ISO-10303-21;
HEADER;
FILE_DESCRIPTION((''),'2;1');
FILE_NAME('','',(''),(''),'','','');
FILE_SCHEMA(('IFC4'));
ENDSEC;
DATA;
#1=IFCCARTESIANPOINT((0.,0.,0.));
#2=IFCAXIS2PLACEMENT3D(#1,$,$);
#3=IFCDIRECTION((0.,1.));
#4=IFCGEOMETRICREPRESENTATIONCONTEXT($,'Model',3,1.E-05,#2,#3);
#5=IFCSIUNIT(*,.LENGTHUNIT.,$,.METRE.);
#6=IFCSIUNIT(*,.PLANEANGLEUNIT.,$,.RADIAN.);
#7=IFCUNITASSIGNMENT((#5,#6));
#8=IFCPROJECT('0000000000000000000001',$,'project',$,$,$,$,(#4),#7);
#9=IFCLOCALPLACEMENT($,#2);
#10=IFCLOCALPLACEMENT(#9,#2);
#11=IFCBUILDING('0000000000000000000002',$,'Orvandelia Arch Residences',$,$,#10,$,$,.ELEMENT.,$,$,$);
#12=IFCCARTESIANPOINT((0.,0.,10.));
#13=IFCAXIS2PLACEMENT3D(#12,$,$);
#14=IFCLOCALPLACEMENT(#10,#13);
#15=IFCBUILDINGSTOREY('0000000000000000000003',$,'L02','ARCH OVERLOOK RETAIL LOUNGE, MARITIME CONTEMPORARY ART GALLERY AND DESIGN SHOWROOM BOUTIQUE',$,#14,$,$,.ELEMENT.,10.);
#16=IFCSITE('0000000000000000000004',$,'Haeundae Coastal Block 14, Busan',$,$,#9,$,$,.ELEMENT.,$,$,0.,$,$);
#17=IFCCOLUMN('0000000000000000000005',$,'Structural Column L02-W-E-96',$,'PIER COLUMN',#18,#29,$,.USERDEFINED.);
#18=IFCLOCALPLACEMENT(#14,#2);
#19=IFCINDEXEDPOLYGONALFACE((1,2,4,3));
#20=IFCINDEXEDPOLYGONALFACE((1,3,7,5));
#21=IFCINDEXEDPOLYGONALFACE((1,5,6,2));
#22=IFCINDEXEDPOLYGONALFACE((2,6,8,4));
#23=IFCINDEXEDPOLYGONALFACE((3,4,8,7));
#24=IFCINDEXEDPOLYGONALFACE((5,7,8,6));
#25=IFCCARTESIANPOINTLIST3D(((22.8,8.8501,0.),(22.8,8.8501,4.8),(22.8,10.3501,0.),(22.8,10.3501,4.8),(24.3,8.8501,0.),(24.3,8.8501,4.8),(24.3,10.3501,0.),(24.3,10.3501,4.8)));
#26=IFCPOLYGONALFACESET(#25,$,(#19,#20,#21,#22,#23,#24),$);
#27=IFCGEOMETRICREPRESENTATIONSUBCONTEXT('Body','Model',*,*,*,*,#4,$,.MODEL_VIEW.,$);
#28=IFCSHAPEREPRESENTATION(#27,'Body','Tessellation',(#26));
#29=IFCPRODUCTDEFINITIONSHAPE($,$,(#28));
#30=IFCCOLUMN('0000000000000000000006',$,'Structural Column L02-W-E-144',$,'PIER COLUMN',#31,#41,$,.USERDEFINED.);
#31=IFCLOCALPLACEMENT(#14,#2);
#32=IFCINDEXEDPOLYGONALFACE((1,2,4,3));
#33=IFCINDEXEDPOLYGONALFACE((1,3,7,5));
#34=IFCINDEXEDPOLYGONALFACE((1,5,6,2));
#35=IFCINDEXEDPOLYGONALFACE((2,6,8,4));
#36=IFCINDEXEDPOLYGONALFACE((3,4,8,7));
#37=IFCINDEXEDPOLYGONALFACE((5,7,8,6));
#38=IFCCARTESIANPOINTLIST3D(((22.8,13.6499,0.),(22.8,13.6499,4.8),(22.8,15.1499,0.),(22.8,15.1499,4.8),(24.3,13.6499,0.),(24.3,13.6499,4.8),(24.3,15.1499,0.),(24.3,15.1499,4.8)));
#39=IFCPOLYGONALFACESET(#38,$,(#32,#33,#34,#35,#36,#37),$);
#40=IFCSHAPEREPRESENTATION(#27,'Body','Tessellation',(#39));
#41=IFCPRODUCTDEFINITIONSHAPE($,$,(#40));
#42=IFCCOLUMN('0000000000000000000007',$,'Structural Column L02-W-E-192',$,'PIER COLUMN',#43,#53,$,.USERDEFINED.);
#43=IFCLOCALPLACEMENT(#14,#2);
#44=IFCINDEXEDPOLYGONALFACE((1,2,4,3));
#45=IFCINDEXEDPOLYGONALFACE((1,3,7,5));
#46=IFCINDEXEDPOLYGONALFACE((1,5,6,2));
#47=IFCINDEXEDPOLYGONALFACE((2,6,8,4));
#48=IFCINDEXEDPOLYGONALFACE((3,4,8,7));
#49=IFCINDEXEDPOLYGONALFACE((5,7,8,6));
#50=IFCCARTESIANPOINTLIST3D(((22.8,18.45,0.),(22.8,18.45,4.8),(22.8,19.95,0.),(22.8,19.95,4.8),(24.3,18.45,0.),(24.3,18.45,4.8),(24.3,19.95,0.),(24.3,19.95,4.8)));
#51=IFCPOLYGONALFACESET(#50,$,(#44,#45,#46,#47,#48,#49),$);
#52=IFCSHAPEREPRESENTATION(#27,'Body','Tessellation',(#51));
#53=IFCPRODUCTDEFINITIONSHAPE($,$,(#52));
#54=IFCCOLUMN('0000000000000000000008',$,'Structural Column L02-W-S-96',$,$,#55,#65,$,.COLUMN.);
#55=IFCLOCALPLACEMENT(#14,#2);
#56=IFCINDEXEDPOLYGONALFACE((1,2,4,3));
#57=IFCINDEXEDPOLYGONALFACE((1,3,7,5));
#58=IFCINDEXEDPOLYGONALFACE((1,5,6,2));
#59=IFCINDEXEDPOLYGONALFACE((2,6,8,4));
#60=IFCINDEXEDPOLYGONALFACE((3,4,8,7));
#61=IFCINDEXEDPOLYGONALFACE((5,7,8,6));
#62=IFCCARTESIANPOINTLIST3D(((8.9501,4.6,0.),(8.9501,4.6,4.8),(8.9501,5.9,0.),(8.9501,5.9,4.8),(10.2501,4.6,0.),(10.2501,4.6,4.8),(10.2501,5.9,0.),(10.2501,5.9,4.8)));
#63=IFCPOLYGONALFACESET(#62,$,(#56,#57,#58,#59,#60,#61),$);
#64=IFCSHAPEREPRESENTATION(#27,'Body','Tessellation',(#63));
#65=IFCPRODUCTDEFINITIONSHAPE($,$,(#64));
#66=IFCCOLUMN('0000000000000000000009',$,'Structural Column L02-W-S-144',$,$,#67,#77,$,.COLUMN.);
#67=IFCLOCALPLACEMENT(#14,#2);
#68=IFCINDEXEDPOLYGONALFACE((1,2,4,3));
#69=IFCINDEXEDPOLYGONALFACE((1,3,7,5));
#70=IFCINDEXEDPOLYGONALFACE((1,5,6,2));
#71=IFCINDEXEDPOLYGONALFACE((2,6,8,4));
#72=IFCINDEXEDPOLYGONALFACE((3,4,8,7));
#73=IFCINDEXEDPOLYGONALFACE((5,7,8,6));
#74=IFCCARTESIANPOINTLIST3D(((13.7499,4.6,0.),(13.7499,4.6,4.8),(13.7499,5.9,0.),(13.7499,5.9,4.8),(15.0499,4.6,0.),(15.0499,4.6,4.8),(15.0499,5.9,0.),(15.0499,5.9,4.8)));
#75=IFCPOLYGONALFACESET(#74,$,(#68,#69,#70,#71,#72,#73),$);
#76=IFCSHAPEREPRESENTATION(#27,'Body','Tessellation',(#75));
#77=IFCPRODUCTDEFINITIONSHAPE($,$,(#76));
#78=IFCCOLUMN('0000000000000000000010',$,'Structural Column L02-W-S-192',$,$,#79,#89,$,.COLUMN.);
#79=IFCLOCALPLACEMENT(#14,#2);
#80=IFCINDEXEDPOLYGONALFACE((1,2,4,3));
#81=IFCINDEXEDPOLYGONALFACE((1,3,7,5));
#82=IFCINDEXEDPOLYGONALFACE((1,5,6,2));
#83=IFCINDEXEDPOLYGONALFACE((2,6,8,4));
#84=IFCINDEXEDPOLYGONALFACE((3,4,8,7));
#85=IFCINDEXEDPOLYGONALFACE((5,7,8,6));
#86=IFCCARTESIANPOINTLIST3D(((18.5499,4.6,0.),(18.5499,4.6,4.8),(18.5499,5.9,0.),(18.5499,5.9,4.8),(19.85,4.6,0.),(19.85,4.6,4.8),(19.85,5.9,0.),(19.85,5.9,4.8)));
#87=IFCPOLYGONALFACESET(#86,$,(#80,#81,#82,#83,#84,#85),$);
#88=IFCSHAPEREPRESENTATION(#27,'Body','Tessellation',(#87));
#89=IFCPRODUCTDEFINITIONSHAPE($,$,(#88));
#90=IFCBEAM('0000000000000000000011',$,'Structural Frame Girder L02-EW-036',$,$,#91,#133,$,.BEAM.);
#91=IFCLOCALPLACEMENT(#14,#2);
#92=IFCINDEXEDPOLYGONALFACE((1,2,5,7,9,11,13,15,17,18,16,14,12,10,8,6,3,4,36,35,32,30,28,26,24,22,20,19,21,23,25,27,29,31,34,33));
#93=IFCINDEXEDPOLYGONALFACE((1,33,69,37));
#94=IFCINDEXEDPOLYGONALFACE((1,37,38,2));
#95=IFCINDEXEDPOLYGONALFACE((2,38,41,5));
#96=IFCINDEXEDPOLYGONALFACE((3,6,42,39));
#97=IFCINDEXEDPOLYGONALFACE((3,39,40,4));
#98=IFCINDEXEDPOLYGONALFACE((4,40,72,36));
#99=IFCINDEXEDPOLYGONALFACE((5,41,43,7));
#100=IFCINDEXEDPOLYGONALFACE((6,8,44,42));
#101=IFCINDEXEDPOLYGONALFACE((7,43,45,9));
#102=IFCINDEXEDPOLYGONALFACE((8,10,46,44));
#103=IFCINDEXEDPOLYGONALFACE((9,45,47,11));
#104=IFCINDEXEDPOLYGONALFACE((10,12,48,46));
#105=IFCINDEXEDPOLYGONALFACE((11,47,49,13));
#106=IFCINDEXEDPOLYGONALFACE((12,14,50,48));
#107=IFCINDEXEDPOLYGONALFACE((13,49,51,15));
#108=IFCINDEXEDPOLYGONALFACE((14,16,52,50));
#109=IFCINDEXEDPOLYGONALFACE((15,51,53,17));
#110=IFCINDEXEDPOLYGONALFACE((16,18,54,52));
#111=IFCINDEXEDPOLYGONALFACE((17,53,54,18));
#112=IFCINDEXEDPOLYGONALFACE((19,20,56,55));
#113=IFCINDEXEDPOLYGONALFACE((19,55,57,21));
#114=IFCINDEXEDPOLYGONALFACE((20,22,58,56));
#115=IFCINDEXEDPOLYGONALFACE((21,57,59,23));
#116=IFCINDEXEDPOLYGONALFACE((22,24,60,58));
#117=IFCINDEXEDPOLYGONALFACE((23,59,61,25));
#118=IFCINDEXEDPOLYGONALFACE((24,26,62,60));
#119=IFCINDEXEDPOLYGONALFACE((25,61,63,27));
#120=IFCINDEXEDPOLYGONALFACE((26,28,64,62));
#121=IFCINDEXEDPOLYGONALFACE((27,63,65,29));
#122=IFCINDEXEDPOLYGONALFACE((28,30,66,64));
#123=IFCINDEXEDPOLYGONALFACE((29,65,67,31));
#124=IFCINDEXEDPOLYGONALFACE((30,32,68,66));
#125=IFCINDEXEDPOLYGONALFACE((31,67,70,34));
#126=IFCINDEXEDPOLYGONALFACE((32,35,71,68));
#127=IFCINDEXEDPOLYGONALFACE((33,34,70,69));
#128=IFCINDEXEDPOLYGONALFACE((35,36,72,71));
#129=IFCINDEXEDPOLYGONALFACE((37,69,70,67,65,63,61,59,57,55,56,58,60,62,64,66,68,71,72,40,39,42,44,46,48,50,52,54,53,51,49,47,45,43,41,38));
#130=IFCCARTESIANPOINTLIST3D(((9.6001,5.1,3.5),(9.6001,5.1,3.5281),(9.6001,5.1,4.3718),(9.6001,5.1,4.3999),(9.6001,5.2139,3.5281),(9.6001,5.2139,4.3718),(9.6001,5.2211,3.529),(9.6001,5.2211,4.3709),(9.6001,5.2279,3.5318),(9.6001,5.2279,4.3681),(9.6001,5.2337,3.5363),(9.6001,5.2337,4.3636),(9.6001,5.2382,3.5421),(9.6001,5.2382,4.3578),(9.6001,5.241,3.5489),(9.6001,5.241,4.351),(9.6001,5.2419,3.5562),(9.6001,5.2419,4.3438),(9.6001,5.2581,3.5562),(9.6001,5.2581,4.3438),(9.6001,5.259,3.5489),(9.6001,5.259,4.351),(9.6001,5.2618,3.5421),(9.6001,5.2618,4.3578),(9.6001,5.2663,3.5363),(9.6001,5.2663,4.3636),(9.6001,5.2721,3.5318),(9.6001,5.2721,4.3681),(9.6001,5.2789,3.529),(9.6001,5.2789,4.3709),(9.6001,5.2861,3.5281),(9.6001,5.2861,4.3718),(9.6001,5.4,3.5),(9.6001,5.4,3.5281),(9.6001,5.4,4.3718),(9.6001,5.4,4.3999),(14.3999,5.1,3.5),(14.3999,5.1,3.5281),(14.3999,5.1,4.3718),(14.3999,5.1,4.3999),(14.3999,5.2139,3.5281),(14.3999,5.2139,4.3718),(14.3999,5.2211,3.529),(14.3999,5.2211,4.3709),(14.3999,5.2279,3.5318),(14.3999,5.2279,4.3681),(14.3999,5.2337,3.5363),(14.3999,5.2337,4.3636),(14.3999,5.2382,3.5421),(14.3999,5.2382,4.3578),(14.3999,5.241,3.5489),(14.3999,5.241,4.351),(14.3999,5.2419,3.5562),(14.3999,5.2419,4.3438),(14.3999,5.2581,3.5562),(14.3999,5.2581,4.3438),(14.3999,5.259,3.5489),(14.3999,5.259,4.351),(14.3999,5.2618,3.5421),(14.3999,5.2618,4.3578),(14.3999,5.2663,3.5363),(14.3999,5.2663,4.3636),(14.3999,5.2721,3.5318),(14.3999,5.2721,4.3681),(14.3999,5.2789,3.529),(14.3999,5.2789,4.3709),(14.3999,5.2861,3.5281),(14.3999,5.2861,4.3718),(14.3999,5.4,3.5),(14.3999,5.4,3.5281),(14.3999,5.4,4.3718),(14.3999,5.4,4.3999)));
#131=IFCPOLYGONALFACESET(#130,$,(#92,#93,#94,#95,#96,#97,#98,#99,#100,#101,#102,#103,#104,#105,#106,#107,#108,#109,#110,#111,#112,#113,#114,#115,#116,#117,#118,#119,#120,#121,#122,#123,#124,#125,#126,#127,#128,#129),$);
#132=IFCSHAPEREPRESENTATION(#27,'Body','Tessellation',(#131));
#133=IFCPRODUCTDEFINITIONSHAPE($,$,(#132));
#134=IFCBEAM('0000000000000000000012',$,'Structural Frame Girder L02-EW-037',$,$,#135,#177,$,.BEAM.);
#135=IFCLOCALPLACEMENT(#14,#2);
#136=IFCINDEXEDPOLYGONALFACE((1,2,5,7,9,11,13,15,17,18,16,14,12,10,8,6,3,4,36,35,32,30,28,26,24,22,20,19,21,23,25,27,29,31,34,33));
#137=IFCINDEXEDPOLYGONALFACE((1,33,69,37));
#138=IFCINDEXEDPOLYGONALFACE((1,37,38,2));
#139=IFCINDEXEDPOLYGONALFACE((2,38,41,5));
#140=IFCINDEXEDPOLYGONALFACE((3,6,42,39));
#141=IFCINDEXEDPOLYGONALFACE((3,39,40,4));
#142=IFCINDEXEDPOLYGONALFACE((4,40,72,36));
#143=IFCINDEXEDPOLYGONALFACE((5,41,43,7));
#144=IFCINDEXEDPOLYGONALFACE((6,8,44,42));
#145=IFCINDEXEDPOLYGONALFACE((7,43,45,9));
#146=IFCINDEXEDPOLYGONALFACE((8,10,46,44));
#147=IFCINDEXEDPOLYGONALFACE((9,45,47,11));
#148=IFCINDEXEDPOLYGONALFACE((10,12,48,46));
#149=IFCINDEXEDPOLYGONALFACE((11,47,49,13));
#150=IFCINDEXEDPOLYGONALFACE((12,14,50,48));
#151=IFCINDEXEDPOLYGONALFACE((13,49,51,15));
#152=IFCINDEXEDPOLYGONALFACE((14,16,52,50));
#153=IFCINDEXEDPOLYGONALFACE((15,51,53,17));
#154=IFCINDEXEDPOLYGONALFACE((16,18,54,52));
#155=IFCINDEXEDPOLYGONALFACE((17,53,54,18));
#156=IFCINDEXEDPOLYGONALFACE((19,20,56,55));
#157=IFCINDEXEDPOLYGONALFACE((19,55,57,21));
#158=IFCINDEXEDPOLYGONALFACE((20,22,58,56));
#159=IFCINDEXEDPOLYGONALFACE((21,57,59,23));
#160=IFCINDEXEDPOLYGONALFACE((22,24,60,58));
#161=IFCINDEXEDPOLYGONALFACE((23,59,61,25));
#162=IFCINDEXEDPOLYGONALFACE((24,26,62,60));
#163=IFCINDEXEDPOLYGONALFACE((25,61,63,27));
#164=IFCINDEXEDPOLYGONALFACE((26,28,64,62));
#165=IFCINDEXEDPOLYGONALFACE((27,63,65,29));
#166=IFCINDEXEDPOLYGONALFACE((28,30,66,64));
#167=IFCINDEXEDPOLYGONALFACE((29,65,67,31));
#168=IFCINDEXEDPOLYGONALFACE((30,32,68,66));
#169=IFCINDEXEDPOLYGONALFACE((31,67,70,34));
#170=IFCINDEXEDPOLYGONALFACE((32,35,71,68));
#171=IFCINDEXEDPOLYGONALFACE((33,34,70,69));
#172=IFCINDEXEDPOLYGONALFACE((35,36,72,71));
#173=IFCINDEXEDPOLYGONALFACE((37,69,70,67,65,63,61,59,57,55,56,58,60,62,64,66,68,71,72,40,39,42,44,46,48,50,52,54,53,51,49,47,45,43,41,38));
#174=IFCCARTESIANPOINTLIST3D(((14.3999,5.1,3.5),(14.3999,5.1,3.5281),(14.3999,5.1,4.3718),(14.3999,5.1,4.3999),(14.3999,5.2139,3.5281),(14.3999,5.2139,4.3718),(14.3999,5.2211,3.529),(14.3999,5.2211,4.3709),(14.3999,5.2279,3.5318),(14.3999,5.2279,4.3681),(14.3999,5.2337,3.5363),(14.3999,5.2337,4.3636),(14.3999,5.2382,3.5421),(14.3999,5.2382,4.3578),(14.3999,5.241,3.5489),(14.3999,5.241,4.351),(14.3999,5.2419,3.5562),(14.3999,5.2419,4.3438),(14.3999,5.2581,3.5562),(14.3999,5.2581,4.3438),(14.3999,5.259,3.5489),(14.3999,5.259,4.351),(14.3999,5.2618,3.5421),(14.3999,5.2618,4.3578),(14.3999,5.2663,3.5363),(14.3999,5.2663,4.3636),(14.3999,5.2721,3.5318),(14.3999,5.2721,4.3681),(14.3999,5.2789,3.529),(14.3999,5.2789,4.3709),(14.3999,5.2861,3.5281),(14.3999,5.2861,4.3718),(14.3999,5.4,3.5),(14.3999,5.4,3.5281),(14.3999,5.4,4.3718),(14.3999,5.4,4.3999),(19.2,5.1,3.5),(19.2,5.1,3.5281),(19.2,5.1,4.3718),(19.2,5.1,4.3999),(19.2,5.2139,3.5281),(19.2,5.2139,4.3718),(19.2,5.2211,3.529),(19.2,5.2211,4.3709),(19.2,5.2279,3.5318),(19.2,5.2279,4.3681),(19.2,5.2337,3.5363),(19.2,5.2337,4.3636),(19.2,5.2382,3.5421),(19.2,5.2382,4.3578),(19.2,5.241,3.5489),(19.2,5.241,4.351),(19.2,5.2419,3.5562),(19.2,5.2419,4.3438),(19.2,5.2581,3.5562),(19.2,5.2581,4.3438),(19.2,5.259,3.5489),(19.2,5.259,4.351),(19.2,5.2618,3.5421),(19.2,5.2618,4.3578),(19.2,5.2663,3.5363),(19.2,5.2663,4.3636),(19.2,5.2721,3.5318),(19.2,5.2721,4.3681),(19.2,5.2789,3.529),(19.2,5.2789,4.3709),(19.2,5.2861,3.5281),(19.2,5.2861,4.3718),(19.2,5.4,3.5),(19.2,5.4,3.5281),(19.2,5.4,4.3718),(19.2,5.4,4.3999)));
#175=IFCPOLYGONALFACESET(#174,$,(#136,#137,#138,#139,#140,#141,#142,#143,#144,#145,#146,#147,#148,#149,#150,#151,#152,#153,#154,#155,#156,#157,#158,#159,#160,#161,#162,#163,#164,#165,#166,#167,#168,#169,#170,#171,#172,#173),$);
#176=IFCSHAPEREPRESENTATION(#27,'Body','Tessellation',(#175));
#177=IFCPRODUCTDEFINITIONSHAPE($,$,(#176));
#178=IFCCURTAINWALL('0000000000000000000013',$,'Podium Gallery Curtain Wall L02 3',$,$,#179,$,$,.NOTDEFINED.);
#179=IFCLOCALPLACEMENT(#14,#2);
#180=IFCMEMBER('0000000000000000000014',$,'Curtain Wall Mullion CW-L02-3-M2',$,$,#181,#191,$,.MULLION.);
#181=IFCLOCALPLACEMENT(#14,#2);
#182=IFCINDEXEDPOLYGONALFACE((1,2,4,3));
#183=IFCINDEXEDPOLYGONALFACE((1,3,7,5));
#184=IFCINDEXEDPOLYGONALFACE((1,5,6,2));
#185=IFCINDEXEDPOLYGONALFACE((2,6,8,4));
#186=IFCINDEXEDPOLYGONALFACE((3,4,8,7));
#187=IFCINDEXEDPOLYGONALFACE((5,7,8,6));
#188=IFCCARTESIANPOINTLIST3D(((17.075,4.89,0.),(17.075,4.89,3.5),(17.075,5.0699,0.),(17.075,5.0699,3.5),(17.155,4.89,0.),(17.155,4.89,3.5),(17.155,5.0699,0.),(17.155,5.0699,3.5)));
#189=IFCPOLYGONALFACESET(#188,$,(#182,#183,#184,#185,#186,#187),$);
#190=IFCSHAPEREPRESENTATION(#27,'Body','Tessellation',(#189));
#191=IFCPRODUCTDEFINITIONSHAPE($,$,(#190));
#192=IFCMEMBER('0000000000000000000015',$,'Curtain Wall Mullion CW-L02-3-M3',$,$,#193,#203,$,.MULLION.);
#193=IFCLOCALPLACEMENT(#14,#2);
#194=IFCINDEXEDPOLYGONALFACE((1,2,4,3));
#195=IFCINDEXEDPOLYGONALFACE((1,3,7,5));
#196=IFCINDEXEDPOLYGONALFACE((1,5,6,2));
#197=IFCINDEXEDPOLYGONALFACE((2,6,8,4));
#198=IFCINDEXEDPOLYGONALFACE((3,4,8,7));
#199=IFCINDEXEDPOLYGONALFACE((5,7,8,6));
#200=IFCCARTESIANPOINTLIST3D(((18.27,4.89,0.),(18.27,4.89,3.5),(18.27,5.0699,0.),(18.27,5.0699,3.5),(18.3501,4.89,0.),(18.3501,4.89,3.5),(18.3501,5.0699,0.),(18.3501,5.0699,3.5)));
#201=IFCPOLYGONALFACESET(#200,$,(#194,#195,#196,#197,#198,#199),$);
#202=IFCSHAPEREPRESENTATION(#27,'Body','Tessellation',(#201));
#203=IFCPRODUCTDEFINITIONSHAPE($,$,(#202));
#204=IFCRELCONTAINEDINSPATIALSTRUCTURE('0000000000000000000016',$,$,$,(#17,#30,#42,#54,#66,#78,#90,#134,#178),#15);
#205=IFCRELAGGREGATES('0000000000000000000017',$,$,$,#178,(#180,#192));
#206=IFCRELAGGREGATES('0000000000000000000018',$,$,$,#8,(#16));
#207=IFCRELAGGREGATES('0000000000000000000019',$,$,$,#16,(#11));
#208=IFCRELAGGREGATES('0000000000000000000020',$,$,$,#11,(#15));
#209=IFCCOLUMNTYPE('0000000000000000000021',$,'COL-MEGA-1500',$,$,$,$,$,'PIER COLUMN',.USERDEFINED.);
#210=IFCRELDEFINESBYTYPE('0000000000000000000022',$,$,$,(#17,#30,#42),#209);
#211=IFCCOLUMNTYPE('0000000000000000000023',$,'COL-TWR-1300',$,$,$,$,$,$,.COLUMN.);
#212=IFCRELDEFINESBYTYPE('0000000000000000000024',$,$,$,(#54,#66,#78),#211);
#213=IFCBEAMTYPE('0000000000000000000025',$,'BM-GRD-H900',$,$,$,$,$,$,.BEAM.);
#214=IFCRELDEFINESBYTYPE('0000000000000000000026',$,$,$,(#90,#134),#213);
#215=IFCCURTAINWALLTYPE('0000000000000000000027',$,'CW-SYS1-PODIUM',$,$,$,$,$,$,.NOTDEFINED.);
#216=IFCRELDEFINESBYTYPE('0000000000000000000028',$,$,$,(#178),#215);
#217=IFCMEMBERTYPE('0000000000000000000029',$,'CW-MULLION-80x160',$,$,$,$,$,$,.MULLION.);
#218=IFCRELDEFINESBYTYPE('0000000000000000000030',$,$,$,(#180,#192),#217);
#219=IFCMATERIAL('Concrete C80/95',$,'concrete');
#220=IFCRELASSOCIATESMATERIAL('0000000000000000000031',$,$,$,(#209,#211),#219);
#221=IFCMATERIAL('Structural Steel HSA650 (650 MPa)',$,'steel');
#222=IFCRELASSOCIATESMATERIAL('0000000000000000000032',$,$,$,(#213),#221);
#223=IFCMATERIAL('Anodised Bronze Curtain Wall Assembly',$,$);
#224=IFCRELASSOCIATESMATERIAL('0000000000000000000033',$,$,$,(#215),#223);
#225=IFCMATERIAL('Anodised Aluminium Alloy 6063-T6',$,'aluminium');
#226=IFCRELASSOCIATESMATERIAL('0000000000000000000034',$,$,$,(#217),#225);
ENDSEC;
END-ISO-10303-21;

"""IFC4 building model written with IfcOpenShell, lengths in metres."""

from ifc_helpers import new_model, si_unit, direction, frame, origin, origin_2d, place, context, subcontext, project, spatial, rectangle, i_section, extrude, material, material_profile, profile_set, type_object, element, aggregate, save


model = new_model("IFC4")

# Units and contexts
model_context = context("Model", 3, precision=1e-05, world=origin(), true_north=direction((0.0, 1.0)))
body_context = subcontext(model_context, "Body", "Model", "MODEL_VIEW")
ifc_project = project(units=[si_unit("LENGTHUNIT", "METRE"), si_unit("PLANEANGLEUNIT", "RADIAN")], contexts=[model_context])

# Site, building, storey
site_placement = place(None, origin())
site = spatial("IfcSite", under=ifc_project, at=site_placement, Name="Haeundae Coastal Block 14, Busan", CompositionType="ELEMENT", RefElevation=0.0)
building_placement = place(site_placement, origin())
building = spatial("IfcBuilding", under=site, at=building_placement, Name="Orvandelia Arch Residences", CompositionType="ELEMENT")
storey_placement = place(building_placement, frame((0.0, 0.0, 10.0)))
storey = spatial("IfcBuildingStorey", under=building, at=storey_placement, Name="L02", Description="ARCH OVERLOOK RETAIL LOUNGE, MARITIME CONTEMPORARY ART GALLERY AND DESIGN SHOWROOM BOUTIQUE", CompositionType="ELEMENT", Elevation=10.0)

# Columns
ifc_material_1 = material(Name="Concrete C80/95", Category="concrete")
ifc_material_profile_1 = material_profile(ifc_material_1, rectangle(XDim=1.5, YDim=1.5, at=origin_2d()), Name="Concrete C80/95", Category="concrete")
ifc_profile_set_1 = profile_set([ifc_material_profile_1], Name="Concrete C80/95")
column_type_1 = type_object("IfcColumnType", Name="COL-MEGA-1500", ElementType="PIER COLUMN", PredefinedType="USERDEFINED", material=ifc_profile_set_1)
for number, where, z_axis, x_axis, name in (
    (1, (23.55, 9.6001, 0.0), (0.0, 0.0, 1.0), (1.0, 0.0, 0.0), "Structural Column L02-W-E-96"),
    (2, (23.55, 14.3999, 0.0), (0.0, 0.0, 1.0), (1.0, 0.0, 0.0), "Structural Column L02-W-E-144"),
    (3, (23.55, 19.2, 0.0), (0.0, 0.0, 1.0), (1.0, 0.0, 0.0), "Structural Column L02-W-E-192"),
):
    element("IfcColumn", number, at=place(storey_placement, frame(where, z_axis=z_axis, x_axis=x_axis)), inside=storey, type_object=column_type_1, Name=name, ObjectType="PIER COLUMN", PredefinedType="USERDEFINED", context=body_context, shape_type="SweptSolid", body=[
        extrude(rectangle(XDim=1.5, YDim=1.5, at=origin_2d()), origin(), (0.0, 0.0, 1.0), 4.8),
    ])
ifc_material_profile_2 = material_profile(ifc_material_1, rectangle(XDim=1.3, YDim=1.3, at=origin_2d()), Name="Concrete C80/95", Category="concrete")
ifc_profile_set_2 = profile_set([ifc_material_profile_2], Name="Concrete C80/95")
column_type_2 = type_object("IfcColumnType", Name="COL-TWR-1300", PredefinedType="COLUMN", material=ifc_profile_set_2)
for number, where, z_axis, x_axis, name in (
    (4, (9.6001, 5.25, 0.0), (0.0, 0.0, 1.0), (1.0, 0.0, 0.0), "Structural Column L02-W-S-96"),
    (5, (14.3999, 5.25, 0.0), (0.0, 0.0, 1.0), (1.0, 0.0, 0.0), "Structural Column L02-W-S-144"),
    (6, (19.2, 5.25, 0.0), (0.0, 0.0, 1.0), (1.0, 0.0, 0.0), "Structural Column L02-W-S-192"),
):
    element("IfcColumn", number, at=place(storey_placement, frame(where, z_axis=z_axis, x_axis=x_axis)), inside=storey, type_object=column_type_2, Name=name, PredefinedType="COLUMN", context=body_context, shape_type="SweptSolid", body=[
        extrude(rectangle(XDim=1.3, YDim=1.3, at=origin_2d()), origin(), (0.0, 0.0, 1.0), 4.8),
    ])

# Beams
ifc_material_2 = material(Name="Structural Steel HSA650 (650 MPa)", Category="steel")
ifc_material_profile_3 = material_profile(ifc_material_2, i_section(OverallWidth=0.3, OverallDepth=0.8999, WebThickness=0.0161, FlangeThickness=0.0281, FilletRadius=0.0281, at=origin_2d()), Name="Structural Steel HSA650 (650 MPa)", Category="steel")
ifc_profile_set_3 = profile_set([ifc_material_profile_3], Name="Structural Steel HSA650 (650 MPa)")
beam_type = type_object("IfcBeamType", Name="BM-GRD-H900", PredefinedType="BEAM", material=ifc_profile_set_3)
beam_1_placement = place(storey_placement, frame((9.6001, 5.25, 3.95), z_axis=(1.0, 0.0, 0.0), x_axis=(0.0, 1.0, 0.0)))
element("IfcBeam", 7, at=beam_1_placement, inside=storey, type_object=beam_type, Name="Structural Frame Girder L02-EW-036", PredefinedType="BEAM", context=body_context, shape_type="SweptSolid", body=[
    extrude(i_section(OverallWidth=0.3, OverallDepth=0.8999, WebThickness=0.0161, FlangeThickness=0.0281, FilletRadius=0.0281, at=origin_2d()), origin(), (0.0, 0.0, 1.0), 4.7998),
])
beam_2_placement = place(storey_placement, frame((14.3999, 5.25, 3.95), z_axis=(1.0, 0.0, 0.0), x_axis=(0.0, 1.0, 0.0)))
element("IfcBeam", 8, at=beam_2_placement, inside=storey, type_object=beam_type, Name="Structural Frame Girder L02-EW-037", PredefinedType="BEAM", context=body_context, shape_type="SweptSolid", body=[
    extrude(i_section(OverallWidth=0.3, OverallDepth=0.8999, WebThickness=0.0161, FlangeThickness=0.0281, FilletRadius=0.0281, at=origin_2d()), origin(), (0.0, 0.0, 1.0), 4.8),
])

# Curtain wall, members
ifc_material_3 = material(Name="Anodised Bronze Curtain Wall Assembly")
curtain_wall_type = type_object("IfcCurtainWallType", Name="CW-SYS1-PODIUM", PredefinedType="NOTDEFINED", material=ifc_material_3)
curtain_wall_placement = place(storey_placement, origin())
curtain_wall = element("IfcCurtainWall", 9, at=curtain_wall_placement, inside=storey, type_object=curtain_wall_type, Name="Podium Gallery Curtain Wall L02 3", PredefinedType="NOTDEFINED")
ifc_material_4 = material(Name="Anodised Aluminium Alloy 6063-T6", Category="aluminium")
ifc_material_profile_4 = material_profile(ifc_material_4, rectangle(XDim=0.0801, YDim=0.1799, at=origin_2d()), Name="Anodised Aluminium Alloy 6063-T6", Category="aluminium")
ifc_profile_set_4 = profile_set([ifc_material_profile_4], Name="Anodised Aluminium Alloy 6063-T6")
member_type_1 = type_object("IfcMemberType", Name="CW-MULLION-80x160", PredefinedType="MULLION", material=ifc_profile_set_4)
member_1_placement = place(storey_placement, frame((17.115, 4.98, 0.0), z_axis=(0.0, 0.0, 1.0), x_axis=(1.0, 0.0, 0.0)))
member_1 = element("IfcMember", 10, at=member_1_placement, type_object=member_type_1, Name="Curtain Wall Mullion CW-L02-3-M2", PredefinedType="MULLION", context=body_context, shape_type="SweptSolid", body=[
    extrude(rectangle(XDim=0.0801, YDim=0.1799, at=origin_2d()), origin(), (0.0, 0.0, 1.0), 3.5),
])
member_2_placement = place(storey_placement, frame((18.3101, 4.98, 0.0), z_axis=(0.0, 0.0, 1.0), x_axis=(1.0, 0.0, 0.0)))
member_2 = element("IfcMember", 11, at=member_2_placement, type_object=member_type_1, Name="Curtain Wall Mullion CW-L02-3-M3", PredefinedType="MULLION", context=body_context, shape_type="SweptSolid", body=[
    extrude(rectangle(XDim=0.0801, YDim=0.1799, at=origin_2d()), origin(), (0.0, 0.0, 1.0), 3.5),
])
aggregate(curtain_wall, [member_1, member_2])

save(model, "model.ifc")
